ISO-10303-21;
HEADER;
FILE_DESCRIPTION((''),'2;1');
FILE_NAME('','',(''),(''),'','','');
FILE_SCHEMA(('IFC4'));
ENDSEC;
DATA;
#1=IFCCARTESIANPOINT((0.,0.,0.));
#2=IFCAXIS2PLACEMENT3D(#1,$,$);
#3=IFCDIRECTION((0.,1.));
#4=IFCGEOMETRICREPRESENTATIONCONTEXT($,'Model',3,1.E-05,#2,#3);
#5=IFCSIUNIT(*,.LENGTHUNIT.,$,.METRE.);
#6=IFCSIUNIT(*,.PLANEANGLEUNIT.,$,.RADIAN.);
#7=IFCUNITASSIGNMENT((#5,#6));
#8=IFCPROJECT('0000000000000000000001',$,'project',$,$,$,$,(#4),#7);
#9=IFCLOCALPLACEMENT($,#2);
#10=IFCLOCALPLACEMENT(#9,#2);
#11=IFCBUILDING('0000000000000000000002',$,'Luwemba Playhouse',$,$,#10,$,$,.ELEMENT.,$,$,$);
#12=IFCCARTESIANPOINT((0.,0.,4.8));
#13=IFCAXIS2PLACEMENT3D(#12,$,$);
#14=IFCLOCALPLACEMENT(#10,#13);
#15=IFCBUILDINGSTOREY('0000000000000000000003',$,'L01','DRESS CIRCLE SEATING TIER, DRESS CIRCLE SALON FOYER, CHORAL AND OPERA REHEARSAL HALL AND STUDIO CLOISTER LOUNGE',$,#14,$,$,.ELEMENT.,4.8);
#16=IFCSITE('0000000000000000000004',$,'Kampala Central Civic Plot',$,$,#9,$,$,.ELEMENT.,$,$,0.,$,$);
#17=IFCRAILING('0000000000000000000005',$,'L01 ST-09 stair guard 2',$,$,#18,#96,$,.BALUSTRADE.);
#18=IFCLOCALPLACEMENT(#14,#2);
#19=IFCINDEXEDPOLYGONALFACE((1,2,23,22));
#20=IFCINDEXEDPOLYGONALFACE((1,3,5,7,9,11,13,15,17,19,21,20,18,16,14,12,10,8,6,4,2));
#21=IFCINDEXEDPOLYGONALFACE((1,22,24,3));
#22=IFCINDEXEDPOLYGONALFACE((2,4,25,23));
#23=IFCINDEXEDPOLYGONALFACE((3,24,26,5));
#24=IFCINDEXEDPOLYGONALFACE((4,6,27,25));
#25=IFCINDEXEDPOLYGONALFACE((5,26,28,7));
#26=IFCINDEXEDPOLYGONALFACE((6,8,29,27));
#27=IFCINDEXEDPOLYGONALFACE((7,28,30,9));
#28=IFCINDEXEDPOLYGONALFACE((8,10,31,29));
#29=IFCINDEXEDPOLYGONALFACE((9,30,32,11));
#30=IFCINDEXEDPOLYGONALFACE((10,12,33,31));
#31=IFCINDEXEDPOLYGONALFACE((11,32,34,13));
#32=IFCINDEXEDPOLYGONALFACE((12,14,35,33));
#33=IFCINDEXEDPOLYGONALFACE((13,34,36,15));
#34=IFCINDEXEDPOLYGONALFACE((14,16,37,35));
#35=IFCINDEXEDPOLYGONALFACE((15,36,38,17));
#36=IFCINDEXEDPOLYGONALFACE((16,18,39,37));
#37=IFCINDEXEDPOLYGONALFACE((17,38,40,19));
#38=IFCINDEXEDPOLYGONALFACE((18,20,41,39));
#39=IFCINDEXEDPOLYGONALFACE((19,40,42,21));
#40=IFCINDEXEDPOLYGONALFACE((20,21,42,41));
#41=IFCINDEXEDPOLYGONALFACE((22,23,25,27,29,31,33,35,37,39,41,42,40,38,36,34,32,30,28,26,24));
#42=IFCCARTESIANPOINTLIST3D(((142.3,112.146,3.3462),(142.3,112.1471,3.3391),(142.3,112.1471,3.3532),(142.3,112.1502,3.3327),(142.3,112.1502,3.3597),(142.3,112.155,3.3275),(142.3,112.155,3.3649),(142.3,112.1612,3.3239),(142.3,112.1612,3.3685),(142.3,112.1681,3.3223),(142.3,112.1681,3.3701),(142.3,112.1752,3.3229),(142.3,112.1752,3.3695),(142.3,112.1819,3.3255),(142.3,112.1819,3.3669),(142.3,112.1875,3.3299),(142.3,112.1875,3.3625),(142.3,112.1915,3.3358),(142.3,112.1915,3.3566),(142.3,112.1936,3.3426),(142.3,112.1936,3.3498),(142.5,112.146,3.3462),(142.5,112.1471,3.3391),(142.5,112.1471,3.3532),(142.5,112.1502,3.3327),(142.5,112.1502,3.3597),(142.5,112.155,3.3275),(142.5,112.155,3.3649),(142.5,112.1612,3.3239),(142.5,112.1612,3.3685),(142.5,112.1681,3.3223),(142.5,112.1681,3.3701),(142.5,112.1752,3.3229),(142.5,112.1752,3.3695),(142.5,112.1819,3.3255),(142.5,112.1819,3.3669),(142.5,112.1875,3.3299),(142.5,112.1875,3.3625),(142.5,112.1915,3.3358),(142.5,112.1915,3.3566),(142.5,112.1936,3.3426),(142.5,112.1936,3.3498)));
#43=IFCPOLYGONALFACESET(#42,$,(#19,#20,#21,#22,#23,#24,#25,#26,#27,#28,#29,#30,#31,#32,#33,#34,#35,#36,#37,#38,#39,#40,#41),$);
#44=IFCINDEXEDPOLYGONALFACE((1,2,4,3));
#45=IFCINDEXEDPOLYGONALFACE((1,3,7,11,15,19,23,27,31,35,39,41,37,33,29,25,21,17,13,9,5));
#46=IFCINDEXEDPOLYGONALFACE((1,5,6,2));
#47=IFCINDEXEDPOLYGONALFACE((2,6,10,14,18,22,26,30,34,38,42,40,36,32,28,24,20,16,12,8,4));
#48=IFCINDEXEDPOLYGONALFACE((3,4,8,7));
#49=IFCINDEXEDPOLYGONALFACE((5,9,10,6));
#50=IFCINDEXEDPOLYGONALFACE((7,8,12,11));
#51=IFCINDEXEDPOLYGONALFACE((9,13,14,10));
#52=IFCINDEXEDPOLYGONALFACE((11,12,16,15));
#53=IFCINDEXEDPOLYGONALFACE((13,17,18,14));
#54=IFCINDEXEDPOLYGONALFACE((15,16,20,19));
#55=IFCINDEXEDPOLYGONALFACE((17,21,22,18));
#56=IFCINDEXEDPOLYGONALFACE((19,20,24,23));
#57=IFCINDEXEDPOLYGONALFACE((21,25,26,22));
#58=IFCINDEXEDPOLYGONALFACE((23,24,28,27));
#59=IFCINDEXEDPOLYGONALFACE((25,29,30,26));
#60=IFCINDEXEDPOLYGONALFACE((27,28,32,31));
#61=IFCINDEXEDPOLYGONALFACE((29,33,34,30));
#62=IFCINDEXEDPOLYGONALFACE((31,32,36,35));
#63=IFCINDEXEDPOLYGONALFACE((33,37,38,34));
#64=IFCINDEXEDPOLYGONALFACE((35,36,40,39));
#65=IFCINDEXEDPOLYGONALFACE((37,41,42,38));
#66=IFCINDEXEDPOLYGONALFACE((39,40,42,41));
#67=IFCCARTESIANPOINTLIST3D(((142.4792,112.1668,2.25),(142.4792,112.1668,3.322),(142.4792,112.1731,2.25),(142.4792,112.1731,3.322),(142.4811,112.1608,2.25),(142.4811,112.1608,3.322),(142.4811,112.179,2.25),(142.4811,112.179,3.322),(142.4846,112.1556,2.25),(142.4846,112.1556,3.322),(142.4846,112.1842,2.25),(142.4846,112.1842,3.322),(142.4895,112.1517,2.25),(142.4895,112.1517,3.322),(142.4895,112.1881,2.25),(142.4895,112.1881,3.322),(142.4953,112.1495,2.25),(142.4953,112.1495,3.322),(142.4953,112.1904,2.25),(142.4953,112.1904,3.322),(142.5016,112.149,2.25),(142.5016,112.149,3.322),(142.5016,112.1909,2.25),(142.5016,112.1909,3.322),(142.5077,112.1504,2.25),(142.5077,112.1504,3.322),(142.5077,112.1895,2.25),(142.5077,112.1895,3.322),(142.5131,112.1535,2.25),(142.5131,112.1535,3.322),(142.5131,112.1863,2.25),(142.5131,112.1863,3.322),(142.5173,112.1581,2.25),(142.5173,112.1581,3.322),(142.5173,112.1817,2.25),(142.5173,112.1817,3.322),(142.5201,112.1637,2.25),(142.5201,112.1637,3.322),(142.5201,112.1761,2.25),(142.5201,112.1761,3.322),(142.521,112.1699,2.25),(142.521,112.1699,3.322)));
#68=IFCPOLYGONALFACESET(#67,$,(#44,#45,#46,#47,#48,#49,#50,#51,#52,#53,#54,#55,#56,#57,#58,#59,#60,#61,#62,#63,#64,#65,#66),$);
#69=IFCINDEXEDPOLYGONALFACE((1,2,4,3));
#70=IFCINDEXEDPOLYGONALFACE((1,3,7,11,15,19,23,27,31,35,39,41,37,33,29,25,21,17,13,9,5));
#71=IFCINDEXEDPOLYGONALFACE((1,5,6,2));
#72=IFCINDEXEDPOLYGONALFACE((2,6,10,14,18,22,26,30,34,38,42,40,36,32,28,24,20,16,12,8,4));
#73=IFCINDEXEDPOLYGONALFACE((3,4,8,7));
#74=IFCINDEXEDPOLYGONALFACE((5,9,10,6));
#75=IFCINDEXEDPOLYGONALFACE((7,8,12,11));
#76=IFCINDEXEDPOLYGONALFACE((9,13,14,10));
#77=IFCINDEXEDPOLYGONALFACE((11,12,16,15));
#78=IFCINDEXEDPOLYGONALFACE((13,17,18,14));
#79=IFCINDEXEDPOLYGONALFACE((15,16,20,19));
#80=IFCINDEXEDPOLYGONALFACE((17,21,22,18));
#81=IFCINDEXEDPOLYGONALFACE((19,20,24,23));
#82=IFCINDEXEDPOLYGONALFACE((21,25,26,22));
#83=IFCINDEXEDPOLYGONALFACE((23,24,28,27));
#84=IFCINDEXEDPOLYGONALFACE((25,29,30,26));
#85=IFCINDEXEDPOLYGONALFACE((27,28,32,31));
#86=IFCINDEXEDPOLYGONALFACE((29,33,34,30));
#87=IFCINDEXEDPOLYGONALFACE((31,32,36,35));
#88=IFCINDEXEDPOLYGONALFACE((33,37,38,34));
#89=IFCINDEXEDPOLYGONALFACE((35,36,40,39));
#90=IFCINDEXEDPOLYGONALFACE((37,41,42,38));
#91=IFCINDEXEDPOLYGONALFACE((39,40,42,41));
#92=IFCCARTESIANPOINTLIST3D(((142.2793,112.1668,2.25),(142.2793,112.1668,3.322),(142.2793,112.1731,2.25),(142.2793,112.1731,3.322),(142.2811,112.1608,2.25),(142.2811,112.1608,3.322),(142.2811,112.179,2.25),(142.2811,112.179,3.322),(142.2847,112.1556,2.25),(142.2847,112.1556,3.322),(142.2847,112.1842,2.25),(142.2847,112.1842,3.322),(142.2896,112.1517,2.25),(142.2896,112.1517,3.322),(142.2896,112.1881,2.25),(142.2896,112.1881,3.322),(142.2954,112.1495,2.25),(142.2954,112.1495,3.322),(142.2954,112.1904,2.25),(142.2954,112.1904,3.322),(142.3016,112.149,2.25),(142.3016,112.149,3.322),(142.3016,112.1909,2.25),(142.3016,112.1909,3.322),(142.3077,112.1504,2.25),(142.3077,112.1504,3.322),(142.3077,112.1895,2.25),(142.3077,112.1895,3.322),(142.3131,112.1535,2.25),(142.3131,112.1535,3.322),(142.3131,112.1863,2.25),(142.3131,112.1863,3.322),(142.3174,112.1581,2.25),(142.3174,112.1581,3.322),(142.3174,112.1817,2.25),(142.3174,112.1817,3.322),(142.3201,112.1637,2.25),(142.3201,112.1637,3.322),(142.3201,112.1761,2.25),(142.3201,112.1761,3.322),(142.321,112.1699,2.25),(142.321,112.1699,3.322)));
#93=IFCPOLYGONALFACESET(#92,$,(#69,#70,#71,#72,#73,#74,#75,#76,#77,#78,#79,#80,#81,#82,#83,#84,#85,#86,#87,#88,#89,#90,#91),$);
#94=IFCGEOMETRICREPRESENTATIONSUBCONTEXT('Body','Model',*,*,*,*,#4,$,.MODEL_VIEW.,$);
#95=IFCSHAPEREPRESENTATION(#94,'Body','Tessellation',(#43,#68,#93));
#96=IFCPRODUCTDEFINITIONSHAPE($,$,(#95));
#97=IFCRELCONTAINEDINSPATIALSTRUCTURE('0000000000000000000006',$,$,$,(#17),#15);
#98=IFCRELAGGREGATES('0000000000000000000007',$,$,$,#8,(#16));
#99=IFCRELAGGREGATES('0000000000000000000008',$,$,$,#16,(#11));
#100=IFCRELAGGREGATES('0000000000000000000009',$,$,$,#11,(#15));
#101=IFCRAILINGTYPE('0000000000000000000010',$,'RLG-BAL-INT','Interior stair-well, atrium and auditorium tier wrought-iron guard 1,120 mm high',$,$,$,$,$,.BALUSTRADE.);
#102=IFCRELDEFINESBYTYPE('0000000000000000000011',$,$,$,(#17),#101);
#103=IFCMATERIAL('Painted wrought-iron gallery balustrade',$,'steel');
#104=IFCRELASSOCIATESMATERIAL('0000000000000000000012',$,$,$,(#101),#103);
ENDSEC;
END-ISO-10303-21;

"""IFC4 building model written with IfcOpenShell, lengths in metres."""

from ifc_helpers import new_model, si_unit, direction, frame, origin, origin_2d, place, context, subcontext, project, spatial, circle, extrude, material, type_object, element, save


model = new_model("IFC4")

# Units and contexts
model_context = context("Model", 3, precision=1e-05, world=origin(), true_north=direction((0.0, 1.0)))
body_context = subcontext(model_context, "Body", "Model", "MODEL_VIEW")
ifc_project = project(units=[si_unit("LENGTHUNIT", "METRE"), si_unit("PLANEANGLEUNIT", "RADIAN")], contexts=[model_context])

# Site, building, storey
site_placement = place(None, origin())
site = spatial("IfcSite", under=ifc_project, at=site_placement, Name="Kampala Central Civic Plot", CompositionType="ELEMENT", RefElevation=0.0)
building_placement = place(site_placement, origin())
building = spatial("IfcBuilding", under=site, at=building_placement, Name="Luwemba Playhouse", CompositionType="ELEMENT")
storey_placement = place(building_placement, frame((0.0, 0.0, 4.8)))
storey = spatial("IfcBuildingStorey", under=building, at=storey_placement, Name="L01", Description="DRESS CIRCLE SEATING TIER, DRESS CIRCLE SALON FOYER, CHORAL AND OPERA REHEARSAL HALL AND STUDIO CLOISTER LOUNGE", CompositionType="ELEMENT", Elevation=4.8)

# Railing
ifc_material_1 = material(Name="Painted wrought-iron gallery balustrade", Category="steel")
railing_type_1 = type_object("IfcRailingType", Name="RLG-BAL-INT", Description="Interior stair-well, atrium and auditorium tier wrought-iron guard 1,120 mm high", PredefinedType="BALUSTRADE", material=ifc_material_1)
railing_1_placement = place(storey_placement, frame((142.5, 112.1699, 2.25)))
element("IfcRailing", 1, at=railing_1_placement, inside=storey, type_object=railing_type_1, Name="L01 ST-09 stair guard 2", PredefinedType="BALUSTRADE", context=body_context, shape_type="SweptSolid", body=[
    extrude(circle(Radius=0.0239, at=origin_2d()), frame((0.0, 0.0, 1.0962), z_axis=(-1.0, 0.0, 0.0), x_axis=(0.0, -1.0, 0.0)), (0.0, 0.0, 1.0), 0.2),
    extrude(circle(Radius=0.021, at=origin_2d()), origin(), (0.0, 0.0, 1.0), 1.072),
    extrude(circle(Radius=0.021, at=origin_2d()), frame((-0.2, 0.0, 0.0)), (0.0, 0.0, 1.0), 1.072),
])

save(model, "model.ifc")
